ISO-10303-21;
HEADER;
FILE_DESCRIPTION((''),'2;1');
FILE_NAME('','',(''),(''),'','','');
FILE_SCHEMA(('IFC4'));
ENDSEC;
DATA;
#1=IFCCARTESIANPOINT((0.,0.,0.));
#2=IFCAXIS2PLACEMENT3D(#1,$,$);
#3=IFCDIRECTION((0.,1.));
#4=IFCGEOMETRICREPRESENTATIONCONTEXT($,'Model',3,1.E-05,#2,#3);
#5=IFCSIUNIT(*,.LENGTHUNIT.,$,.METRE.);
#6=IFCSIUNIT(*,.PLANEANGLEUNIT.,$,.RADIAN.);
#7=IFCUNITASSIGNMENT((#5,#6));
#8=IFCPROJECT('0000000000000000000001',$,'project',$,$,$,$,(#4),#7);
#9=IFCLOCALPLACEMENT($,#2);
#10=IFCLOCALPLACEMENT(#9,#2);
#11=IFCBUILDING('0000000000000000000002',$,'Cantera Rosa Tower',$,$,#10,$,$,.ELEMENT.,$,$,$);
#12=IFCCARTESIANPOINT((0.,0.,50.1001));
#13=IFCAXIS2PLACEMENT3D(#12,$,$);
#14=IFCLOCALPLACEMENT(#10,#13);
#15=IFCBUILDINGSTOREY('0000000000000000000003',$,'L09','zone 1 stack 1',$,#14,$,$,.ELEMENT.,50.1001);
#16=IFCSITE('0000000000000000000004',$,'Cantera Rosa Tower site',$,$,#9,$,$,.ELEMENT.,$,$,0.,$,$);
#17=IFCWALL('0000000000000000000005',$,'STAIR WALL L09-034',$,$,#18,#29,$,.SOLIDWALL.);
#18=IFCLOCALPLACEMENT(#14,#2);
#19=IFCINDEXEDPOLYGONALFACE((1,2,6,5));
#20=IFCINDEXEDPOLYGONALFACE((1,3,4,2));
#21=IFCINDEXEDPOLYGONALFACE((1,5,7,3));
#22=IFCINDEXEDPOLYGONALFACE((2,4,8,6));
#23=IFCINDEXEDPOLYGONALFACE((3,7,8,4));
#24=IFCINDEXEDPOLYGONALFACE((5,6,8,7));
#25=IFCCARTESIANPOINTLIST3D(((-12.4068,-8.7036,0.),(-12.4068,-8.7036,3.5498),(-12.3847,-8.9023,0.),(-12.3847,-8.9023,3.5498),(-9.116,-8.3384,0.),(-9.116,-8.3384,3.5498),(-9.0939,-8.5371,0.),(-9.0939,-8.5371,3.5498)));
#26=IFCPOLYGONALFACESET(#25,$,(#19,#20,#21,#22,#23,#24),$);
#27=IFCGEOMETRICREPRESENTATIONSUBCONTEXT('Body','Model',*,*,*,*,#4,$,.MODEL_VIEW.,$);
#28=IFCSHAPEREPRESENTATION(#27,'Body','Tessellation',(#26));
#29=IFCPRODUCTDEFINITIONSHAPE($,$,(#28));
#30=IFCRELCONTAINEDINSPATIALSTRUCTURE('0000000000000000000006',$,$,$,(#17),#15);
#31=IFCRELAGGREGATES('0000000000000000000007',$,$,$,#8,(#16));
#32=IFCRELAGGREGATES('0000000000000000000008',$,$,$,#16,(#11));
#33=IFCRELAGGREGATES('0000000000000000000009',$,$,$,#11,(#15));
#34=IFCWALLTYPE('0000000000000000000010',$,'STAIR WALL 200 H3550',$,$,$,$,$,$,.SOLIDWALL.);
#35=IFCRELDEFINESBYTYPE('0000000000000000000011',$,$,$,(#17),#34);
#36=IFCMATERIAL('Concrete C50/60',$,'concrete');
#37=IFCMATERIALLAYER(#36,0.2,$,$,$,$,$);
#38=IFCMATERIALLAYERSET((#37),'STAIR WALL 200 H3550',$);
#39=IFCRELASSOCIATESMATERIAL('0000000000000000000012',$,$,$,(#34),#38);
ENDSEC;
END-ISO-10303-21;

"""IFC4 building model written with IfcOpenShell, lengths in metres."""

from ifc_helpers import new_model, si_unit, direction, frame, frame_2d, origin, place, context, subcontext, project, spatial, rectangle, extrude, material, layer, layer_set, type_object, element, save


model = new_model("IFC4")

# Units and contexts
model_context = context("Model", 3, precision=1e-05, world=origin(), true_north=direction((0.0, 1.0)))
body_context = subcontext(model_context, "Body", "Model", "MODEL_VIEW")
ifc_project = project(units=[si_unit("LENGTHUNIT", "METRE"), si_unit("PLANEANGLEUNIT", "RADIAN")], contexts=[model_context])

# Site, building, storey
site_placement = place(None, origin())
site = spatial("IfcSite", under=ifc_project, at=site_placement, Name="Cantera Rosa Tower site", CompositionType="ELEMENT", RefElevation=0.0)
building_placement = place(site_placement, origin())
building = spatial("IfcBuilding", under=site, at=building_placement, Name="Cantera Rosa Tower", CompositionType="ELEMENT")
storey_placement = place(building_placement, frame((0.0, 0.0, 50.1001)))
storey = spatial("IfcBuildingStorey", under=building, at=storey_placement, Name="L09", Description="zone 1 stack 1", CompositionType="ELEMENT", Elevation=50.1001)

# Wall
ifc_material_1 = material(Name="Concrete C50/60", Category="concrete")
ifc_layer_1 = layer(ifc_material_1, 0.2)
ifc_layer_set_1 = layer_set([ifc_layer_1], Name="STAIR WALL 200 H3550")
wall_type_1 = type_object("IfcWallType", Name="STAIR WALL 200 H3550", PredefinedType="SOLIDWALL", material=ifc_layer_set_1)
wall_1_placement = place(storey_placement, frame((-12.3958, -8.803, 0.0), z_axis=(0.0, 0.0, 1.0), x_axis=(0.993897, 0.11031, 0.0)))
element("IfcWall", 1, at=wall_1_placement, inside=storey, type_object=wall_type_1, Name="STAIR WALL L09-034", PredefinedType="SOLIDWALL", context=body_context, shape_type="SweptSolid", body=[
    extrude(rectangle(XDim=3.311, YDim=0.2, at=frame_2d((1.6555, 0.0))), origin(), (0.0, 0.0, 1.0), 3.5498),
])

save(model, "model.ifc")
